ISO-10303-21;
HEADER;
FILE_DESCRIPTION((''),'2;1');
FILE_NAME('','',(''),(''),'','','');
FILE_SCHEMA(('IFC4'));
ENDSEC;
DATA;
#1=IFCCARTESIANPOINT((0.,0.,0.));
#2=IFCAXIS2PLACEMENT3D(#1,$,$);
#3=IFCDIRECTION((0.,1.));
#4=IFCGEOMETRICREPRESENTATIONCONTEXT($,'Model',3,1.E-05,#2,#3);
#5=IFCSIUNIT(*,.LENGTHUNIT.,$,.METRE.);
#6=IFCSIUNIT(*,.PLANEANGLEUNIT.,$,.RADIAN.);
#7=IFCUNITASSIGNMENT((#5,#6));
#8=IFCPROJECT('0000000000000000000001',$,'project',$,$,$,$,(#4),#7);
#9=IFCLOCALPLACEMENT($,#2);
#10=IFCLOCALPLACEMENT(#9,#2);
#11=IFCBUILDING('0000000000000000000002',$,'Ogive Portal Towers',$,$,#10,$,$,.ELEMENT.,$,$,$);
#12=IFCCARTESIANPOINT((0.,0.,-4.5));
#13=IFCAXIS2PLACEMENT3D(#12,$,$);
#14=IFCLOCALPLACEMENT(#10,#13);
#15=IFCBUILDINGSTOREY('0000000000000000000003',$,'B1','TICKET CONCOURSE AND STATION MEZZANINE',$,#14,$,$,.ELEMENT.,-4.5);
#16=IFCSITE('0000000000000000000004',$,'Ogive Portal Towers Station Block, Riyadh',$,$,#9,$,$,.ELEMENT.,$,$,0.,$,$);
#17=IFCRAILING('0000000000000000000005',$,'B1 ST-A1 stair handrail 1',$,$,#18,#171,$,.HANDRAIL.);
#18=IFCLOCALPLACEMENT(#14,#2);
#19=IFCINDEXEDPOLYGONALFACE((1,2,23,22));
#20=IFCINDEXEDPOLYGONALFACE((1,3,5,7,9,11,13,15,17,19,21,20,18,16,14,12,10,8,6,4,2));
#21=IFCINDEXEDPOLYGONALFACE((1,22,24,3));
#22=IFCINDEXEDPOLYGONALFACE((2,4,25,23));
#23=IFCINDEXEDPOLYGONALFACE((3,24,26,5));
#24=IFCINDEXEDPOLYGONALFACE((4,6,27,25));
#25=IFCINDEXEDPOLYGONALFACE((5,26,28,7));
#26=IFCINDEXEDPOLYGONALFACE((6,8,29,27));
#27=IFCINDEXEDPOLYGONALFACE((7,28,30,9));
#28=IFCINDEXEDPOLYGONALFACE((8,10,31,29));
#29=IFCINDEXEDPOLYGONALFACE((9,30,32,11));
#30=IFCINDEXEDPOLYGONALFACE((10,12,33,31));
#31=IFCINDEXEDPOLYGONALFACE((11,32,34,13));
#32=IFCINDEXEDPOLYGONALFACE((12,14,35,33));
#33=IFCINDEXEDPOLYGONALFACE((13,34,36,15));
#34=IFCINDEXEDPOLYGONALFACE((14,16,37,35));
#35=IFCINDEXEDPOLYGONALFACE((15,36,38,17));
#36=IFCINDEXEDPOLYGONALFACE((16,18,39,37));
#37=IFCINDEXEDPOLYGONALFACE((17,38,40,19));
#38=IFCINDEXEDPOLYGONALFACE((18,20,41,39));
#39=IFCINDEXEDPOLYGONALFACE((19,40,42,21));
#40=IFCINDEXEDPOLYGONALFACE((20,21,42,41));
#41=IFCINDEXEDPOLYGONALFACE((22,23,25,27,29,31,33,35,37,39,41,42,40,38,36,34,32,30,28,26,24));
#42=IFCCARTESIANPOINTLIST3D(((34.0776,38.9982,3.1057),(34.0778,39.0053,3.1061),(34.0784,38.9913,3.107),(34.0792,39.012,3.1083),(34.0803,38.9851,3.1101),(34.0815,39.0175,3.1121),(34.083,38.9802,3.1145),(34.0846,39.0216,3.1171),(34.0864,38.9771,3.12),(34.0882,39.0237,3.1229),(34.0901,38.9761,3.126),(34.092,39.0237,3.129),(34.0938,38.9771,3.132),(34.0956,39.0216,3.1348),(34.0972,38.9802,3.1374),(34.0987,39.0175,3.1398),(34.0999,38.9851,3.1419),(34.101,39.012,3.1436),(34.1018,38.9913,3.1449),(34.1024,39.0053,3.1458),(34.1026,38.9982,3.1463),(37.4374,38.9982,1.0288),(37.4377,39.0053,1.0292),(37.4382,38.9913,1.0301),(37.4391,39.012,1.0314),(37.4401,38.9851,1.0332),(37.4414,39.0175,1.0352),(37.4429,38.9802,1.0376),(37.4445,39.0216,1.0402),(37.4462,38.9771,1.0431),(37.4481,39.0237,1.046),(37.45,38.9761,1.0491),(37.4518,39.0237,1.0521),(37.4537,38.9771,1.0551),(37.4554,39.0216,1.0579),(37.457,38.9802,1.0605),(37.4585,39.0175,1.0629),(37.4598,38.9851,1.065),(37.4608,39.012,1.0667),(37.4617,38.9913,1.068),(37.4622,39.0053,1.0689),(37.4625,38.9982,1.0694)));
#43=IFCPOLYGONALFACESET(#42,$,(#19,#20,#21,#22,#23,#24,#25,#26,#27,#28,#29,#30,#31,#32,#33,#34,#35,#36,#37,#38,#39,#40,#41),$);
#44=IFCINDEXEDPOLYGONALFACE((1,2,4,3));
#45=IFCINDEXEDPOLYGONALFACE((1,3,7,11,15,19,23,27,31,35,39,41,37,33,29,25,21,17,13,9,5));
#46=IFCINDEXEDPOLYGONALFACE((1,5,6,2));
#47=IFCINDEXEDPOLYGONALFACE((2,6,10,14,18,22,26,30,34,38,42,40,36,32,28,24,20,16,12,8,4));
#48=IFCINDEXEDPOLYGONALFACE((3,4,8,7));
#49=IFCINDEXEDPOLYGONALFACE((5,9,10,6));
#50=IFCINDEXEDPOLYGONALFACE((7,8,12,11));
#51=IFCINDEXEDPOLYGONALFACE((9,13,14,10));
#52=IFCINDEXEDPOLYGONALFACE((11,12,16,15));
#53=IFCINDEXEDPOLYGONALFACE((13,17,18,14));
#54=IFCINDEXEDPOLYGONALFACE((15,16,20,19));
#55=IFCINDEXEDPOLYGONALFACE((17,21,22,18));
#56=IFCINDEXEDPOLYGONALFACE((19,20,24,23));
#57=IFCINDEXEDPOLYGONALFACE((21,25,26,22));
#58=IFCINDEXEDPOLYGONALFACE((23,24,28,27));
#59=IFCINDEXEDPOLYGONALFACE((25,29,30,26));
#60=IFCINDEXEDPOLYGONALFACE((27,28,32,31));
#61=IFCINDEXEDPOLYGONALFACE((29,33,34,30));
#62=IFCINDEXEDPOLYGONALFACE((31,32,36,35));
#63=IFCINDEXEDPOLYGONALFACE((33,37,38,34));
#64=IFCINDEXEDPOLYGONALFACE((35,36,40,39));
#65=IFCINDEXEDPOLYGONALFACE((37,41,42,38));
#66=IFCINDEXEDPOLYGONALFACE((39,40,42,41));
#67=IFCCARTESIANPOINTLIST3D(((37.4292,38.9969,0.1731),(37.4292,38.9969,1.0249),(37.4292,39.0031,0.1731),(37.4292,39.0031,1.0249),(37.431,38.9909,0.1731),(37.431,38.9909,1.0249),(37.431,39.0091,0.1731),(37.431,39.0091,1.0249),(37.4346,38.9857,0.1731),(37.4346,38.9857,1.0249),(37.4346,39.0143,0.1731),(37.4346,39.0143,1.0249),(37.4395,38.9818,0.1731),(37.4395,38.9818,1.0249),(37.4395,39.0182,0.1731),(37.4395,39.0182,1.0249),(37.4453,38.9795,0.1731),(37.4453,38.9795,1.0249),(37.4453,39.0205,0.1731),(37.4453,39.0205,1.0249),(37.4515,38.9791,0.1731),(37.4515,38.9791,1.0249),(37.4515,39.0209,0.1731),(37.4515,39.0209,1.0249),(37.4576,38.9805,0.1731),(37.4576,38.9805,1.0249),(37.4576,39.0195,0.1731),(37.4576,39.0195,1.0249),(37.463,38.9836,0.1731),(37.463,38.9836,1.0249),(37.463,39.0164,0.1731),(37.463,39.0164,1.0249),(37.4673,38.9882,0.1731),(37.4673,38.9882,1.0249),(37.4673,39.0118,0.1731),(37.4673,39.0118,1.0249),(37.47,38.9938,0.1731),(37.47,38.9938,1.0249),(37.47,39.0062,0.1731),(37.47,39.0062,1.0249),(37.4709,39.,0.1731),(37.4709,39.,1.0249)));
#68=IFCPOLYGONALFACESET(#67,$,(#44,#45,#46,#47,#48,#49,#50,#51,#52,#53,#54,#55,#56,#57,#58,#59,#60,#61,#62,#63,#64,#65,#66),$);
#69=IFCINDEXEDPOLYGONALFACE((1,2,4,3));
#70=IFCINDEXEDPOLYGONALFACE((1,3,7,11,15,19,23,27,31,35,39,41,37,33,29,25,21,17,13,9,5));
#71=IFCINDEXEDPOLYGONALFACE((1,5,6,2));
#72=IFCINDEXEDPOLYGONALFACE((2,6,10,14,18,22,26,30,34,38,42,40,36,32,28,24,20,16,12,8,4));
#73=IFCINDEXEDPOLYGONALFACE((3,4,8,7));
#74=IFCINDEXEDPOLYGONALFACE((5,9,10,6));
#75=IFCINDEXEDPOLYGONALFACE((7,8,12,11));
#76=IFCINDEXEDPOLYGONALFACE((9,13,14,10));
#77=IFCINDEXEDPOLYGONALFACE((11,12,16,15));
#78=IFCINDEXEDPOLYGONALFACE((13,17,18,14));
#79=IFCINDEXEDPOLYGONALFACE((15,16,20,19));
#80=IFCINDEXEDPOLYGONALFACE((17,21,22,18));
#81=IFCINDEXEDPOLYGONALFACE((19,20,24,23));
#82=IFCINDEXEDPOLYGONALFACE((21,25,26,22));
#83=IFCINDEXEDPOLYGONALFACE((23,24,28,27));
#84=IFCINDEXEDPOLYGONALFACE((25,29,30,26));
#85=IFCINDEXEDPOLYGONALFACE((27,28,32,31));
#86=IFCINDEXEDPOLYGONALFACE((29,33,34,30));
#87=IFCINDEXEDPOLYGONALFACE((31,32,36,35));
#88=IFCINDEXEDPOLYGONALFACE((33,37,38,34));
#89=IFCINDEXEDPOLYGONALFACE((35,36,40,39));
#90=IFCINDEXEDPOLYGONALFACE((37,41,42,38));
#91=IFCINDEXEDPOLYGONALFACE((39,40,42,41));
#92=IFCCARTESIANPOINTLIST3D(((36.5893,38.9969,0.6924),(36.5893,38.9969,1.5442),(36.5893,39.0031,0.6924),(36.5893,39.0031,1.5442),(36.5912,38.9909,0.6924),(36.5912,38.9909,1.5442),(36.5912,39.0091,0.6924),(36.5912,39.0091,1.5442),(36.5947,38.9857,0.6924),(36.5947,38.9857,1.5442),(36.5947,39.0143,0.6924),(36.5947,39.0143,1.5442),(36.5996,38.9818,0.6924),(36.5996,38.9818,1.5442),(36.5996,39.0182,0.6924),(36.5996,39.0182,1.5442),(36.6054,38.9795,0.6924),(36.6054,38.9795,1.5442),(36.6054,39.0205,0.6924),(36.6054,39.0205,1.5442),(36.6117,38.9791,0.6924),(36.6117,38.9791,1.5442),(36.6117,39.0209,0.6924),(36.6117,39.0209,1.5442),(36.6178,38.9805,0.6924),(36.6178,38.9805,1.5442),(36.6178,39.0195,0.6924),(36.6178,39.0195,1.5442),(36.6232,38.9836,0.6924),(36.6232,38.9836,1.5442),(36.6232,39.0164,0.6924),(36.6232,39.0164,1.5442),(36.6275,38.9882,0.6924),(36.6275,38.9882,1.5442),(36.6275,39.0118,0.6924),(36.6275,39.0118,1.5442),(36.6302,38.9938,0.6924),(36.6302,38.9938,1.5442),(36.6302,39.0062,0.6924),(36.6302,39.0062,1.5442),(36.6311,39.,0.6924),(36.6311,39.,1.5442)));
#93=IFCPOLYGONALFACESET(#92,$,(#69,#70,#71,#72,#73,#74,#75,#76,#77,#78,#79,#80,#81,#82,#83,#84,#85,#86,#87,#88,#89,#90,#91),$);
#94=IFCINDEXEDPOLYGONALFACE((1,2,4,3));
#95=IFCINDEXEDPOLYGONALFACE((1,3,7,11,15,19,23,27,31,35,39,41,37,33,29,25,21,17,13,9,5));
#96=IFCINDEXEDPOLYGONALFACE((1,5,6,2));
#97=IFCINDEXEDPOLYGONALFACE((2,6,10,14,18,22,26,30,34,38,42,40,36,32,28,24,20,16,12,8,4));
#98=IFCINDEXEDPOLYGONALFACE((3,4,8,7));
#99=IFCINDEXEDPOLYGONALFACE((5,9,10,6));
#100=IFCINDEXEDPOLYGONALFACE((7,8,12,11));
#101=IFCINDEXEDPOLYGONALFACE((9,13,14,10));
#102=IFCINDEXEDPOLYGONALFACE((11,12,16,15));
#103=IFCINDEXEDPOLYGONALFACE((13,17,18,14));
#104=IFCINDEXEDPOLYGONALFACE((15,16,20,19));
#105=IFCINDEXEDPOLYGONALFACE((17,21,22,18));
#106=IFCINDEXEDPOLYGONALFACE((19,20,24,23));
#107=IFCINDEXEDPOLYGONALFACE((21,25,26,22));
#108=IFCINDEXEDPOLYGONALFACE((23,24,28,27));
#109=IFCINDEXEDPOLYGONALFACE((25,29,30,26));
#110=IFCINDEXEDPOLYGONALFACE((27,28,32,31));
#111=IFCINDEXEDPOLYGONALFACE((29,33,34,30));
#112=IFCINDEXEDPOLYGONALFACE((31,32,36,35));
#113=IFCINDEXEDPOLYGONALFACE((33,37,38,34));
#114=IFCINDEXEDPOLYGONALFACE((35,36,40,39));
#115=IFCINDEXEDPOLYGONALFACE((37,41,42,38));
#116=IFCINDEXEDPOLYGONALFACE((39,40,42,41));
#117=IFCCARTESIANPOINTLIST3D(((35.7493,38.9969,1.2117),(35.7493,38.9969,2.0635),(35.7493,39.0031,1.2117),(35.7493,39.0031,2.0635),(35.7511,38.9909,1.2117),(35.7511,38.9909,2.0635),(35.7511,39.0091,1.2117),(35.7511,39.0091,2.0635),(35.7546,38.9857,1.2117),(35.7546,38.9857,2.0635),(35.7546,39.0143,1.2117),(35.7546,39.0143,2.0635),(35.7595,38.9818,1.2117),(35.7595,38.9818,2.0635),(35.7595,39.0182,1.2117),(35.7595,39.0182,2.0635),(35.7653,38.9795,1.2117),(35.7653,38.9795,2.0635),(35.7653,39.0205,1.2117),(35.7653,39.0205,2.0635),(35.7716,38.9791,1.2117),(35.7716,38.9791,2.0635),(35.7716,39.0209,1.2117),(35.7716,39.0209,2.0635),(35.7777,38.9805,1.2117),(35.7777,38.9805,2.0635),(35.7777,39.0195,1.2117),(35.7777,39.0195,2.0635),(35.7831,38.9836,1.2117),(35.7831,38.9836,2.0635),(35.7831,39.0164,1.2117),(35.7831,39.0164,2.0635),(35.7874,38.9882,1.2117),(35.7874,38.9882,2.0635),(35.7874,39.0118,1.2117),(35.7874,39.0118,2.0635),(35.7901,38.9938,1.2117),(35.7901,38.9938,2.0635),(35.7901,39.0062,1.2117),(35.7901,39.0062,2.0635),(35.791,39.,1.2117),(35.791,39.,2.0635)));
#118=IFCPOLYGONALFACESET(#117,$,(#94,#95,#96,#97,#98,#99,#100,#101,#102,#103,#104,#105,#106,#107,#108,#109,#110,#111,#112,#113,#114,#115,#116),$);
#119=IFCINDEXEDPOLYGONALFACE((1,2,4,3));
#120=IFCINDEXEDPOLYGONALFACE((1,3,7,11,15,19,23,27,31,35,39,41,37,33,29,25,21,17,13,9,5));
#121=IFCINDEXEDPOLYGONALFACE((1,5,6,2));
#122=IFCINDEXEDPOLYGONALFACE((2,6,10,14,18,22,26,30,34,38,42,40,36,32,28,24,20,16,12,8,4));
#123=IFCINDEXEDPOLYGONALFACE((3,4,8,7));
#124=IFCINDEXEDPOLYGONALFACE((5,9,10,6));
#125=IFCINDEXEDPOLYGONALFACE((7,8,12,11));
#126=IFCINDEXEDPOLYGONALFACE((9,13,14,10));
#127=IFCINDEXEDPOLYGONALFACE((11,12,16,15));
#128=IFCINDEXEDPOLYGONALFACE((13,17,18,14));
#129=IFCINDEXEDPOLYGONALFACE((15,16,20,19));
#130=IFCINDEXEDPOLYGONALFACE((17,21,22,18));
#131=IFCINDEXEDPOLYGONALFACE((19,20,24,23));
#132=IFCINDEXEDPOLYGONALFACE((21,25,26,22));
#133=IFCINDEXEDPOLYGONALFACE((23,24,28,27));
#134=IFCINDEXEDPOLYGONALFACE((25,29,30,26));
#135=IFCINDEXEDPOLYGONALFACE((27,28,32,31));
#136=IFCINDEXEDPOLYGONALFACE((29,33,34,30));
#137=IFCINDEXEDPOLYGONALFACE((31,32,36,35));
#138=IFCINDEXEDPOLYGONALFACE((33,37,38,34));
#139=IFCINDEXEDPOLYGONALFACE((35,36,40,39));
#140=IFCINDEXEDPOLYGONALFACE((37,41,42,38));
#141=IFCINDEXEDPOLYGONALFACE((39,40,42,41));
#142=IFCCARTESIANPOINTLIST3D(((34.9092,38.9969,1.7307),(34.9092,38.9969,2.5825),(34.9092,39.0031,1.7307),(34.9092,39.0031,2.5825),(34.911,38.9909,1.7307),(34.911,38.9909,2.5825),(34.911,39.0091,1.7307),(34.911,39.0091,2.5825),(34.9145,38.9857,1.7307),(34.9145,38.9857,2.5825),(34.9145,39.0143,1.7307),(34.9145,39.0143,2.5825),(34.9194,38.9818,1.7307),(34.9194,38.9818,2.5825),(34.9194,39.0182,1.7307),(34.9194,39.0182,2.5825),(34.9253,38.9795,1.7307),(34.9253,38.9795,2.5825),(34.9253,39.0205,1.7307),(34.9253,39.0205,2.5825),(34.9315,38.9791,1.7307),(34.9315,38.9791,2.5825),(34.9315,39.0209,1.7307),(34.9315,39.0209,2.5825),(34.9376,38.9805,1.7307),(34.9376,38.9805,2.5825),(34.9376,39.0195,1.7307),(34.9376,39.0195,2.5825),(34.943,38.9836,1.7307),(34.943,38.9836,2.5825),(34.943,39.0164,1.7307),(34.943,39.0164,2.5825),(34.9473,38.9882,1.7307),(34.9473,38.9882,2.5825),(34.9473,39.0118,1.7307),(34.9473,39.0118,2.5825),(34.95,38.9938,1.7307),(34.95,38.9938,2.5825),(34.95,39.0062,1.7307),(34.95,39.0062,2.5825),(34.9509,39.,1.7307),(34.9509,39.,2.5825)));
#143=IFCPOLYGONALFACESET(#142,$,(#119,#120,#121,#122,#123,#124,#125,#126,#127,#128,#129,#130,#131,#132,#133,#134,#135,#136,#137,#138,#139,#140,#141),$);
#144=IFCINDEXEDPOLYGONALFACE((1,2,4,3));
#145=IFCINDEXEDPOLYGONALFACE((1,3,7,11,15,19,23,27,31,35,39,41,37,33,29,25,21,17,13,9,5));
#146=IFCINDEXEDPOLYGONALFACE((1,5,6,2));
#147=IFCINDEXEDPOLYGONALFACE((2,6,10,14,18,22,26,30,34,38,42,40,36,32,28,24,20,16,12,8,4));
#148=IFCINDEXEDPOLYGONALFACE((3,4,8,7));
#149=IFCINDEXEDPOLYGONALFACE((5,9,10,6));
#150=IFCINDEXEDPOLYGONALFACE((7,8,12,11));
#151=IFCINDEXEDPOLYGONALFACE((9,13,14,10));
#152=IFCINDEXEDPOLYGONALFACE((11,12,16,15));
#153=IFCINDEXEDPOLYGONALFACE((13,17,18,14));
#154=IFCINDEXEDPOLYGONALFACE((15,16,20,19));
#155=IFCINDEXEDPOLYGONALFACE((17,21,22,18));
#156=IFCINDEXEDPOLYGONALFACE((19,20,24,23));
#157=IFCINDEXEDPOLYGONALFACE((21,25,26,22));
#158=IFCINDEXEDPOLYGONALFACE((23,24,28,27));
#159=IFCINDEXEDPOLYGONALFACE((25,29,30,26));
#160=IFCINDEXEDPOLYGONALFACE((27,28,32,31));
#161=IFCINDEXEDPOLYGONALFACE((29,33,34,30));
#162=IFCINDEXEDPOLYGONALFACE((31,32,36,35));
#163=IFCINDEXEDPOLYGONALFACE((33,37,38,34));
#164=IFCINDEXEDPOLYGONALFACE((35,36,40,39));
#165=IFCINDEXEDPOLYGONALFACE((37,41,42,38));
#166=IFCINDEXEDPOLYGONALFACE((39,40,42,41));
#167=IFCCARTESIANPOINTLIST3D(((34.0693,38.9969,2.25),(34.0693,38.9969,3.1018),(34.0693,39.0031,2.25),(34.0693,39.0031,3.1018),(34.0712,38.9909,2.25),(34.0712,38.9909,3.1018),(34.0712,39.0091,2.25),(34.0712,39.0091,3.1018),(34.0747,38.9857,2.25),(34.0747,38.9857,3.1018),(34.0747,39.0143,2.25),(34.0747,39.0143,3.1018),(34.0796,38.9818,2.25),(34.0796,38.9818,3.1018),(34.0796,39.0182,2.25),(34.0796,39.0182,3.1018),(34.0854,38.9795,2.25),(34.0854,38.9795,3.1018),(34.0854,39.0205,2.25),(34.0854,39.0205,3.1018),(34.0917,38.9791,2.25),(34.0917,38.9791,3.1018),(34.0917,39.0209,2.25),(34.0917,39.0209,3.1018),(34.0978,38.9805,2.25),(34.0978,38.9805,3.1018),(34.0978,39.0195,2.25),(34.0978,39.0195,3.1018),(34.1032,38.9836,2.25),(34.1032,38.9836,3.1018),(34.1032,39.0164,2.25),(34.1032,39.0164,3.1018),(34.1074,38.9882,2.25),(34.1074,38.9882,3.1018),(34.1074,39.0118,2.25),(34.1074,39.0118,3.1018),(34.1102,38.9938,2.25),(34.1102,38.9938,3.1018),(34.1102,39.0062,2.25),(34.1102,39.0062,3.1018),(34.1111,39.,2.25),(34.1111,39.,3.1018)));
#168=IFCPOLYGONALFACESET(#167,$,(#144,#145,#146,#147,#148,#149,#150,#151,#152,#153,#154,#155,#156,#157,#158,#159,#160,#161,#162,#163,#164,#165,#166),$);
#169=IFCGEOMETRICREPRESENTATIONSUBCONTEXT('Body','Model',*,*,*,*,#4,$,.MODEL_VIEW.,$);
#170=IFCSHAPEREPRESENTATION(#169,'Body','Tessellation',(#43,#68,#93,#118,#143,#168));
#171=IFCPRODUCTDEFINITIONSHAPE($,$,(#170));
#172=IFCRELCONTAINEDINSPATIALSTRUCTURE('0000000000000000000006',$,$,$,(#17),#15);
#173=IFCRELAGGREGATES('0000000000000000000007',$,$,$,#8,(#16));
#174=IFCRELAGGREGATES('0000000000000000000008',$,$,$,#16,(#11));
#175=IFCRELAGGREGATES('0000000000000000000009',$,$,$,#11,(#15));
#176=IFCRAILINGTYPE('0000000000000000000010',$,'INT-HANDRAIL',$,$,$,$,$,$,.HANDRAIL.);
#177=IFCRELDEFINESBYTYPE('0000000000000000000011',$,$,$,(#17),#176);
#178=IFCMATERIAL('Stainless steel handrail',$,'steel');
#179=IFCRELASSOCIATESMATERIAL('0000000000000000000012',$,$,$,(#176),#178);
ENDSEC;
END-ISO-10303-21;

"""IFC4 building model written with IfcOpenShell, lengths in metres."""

from ifc_helpers import new_model, si_unit, direction, frame, origin, origin_2d, place, context, subcontext, project, spatial, circle, extrude, material, type_object, element, save


model = new_model("IFC4")

# Units and contexts
model_context = context("Model", 3, precision=1e-05, world=origin(), true_north=direction((0.0, 1.0)))
body_context = subcontext(model_context, "Body", "Model", "MODEL_VIEW")
ifc_project = project(units=[si_unit("LENGTHUNIT", "METRE"), si_unit("PLANEANGLEUNIT", "RADIAN")], contexts=[model_context])

# Site, building, storey
site_placement = place(None, origin())
site = spatial("IfcSite", under=ifc_project, at=site_placement, Name="Ogive Portal Towers Station Block, Riyadh", CompositionType="ELEMENT", RefElevation=0.0)
building_placement = place(site_placement, origin())
building = spatial("IfcBuilding", under=site, at=building_placement, Name="Ogive Portal Towers", CompositionType="ELEMENT")
storey_placement = place(building_placement, frame((0.0, 0.0, -4.5)))
storey = spatial("IfcBuildingStorey", under=building, at=storey_placement, Name="B1", Description="TICKET CONCOURSE AND STATION MEZZANINE", CompositionType="ELEMENT", Elevation=-4.5)

# Railing
ifc_material_1 = material(Name="Stainless steel handrail", Category="steel")
railing_type_1 = type_object("IfcRailingType", Name="INT-HANDRAIL", PredefinedType="HANDRAIL", material=ifc_material_1)
railing_1_placement = place(storey_placement, frame((37.45, 39.0, 0.1731)))
element("IfcRailing", 1, at=railing_1_placement, inside=storey, type_object=railing_type_1, Name="B1 ST-A1 stair handrail 1", PredefinedType="HANDRAIL", context=body_context, shape_type="SweptSolid", body=[
    extrude(circle(Radius=0.0239, at=origin_2d()), frame((0.0, 0.0, 0.876), z_axis=(-0.850606, 0.0, 0.525803), x_axis=(0.0, -1.0, 0.0)), (0.0, 0.0, 1.0), 3.95),
    extrude(circle(Radius=0.021, at=origin_2d()), origin(), (0.0, 0.0, 1.0), 0.8518),
    extrude(circle(Radius=0.021, at=origin_2d()), frame((-0.8398, 0.0, 0.5193)), (0.0, 0.0, 1.0), 0.8518),
    extrude(circle(Radius=0.021, at=origin_2d()), frame((-1.6799, 0.0, 1.0386)), (0.0, 0.0, 1.0), 0.8518),
    extrude(circle(Radius=0.021, at=origin_2d()), frame((-2.52, 0.0, 1.5576)), (0.0, 0.0, 1.0), 0.8518),
    extrude(circle(Radius=0.021, at=origin_2d()), frame((-3.3599, 0.0, 2.0769)), (0.0, 0.0, 1.0), 0.8518),
])

save(model, "model.ifc")
